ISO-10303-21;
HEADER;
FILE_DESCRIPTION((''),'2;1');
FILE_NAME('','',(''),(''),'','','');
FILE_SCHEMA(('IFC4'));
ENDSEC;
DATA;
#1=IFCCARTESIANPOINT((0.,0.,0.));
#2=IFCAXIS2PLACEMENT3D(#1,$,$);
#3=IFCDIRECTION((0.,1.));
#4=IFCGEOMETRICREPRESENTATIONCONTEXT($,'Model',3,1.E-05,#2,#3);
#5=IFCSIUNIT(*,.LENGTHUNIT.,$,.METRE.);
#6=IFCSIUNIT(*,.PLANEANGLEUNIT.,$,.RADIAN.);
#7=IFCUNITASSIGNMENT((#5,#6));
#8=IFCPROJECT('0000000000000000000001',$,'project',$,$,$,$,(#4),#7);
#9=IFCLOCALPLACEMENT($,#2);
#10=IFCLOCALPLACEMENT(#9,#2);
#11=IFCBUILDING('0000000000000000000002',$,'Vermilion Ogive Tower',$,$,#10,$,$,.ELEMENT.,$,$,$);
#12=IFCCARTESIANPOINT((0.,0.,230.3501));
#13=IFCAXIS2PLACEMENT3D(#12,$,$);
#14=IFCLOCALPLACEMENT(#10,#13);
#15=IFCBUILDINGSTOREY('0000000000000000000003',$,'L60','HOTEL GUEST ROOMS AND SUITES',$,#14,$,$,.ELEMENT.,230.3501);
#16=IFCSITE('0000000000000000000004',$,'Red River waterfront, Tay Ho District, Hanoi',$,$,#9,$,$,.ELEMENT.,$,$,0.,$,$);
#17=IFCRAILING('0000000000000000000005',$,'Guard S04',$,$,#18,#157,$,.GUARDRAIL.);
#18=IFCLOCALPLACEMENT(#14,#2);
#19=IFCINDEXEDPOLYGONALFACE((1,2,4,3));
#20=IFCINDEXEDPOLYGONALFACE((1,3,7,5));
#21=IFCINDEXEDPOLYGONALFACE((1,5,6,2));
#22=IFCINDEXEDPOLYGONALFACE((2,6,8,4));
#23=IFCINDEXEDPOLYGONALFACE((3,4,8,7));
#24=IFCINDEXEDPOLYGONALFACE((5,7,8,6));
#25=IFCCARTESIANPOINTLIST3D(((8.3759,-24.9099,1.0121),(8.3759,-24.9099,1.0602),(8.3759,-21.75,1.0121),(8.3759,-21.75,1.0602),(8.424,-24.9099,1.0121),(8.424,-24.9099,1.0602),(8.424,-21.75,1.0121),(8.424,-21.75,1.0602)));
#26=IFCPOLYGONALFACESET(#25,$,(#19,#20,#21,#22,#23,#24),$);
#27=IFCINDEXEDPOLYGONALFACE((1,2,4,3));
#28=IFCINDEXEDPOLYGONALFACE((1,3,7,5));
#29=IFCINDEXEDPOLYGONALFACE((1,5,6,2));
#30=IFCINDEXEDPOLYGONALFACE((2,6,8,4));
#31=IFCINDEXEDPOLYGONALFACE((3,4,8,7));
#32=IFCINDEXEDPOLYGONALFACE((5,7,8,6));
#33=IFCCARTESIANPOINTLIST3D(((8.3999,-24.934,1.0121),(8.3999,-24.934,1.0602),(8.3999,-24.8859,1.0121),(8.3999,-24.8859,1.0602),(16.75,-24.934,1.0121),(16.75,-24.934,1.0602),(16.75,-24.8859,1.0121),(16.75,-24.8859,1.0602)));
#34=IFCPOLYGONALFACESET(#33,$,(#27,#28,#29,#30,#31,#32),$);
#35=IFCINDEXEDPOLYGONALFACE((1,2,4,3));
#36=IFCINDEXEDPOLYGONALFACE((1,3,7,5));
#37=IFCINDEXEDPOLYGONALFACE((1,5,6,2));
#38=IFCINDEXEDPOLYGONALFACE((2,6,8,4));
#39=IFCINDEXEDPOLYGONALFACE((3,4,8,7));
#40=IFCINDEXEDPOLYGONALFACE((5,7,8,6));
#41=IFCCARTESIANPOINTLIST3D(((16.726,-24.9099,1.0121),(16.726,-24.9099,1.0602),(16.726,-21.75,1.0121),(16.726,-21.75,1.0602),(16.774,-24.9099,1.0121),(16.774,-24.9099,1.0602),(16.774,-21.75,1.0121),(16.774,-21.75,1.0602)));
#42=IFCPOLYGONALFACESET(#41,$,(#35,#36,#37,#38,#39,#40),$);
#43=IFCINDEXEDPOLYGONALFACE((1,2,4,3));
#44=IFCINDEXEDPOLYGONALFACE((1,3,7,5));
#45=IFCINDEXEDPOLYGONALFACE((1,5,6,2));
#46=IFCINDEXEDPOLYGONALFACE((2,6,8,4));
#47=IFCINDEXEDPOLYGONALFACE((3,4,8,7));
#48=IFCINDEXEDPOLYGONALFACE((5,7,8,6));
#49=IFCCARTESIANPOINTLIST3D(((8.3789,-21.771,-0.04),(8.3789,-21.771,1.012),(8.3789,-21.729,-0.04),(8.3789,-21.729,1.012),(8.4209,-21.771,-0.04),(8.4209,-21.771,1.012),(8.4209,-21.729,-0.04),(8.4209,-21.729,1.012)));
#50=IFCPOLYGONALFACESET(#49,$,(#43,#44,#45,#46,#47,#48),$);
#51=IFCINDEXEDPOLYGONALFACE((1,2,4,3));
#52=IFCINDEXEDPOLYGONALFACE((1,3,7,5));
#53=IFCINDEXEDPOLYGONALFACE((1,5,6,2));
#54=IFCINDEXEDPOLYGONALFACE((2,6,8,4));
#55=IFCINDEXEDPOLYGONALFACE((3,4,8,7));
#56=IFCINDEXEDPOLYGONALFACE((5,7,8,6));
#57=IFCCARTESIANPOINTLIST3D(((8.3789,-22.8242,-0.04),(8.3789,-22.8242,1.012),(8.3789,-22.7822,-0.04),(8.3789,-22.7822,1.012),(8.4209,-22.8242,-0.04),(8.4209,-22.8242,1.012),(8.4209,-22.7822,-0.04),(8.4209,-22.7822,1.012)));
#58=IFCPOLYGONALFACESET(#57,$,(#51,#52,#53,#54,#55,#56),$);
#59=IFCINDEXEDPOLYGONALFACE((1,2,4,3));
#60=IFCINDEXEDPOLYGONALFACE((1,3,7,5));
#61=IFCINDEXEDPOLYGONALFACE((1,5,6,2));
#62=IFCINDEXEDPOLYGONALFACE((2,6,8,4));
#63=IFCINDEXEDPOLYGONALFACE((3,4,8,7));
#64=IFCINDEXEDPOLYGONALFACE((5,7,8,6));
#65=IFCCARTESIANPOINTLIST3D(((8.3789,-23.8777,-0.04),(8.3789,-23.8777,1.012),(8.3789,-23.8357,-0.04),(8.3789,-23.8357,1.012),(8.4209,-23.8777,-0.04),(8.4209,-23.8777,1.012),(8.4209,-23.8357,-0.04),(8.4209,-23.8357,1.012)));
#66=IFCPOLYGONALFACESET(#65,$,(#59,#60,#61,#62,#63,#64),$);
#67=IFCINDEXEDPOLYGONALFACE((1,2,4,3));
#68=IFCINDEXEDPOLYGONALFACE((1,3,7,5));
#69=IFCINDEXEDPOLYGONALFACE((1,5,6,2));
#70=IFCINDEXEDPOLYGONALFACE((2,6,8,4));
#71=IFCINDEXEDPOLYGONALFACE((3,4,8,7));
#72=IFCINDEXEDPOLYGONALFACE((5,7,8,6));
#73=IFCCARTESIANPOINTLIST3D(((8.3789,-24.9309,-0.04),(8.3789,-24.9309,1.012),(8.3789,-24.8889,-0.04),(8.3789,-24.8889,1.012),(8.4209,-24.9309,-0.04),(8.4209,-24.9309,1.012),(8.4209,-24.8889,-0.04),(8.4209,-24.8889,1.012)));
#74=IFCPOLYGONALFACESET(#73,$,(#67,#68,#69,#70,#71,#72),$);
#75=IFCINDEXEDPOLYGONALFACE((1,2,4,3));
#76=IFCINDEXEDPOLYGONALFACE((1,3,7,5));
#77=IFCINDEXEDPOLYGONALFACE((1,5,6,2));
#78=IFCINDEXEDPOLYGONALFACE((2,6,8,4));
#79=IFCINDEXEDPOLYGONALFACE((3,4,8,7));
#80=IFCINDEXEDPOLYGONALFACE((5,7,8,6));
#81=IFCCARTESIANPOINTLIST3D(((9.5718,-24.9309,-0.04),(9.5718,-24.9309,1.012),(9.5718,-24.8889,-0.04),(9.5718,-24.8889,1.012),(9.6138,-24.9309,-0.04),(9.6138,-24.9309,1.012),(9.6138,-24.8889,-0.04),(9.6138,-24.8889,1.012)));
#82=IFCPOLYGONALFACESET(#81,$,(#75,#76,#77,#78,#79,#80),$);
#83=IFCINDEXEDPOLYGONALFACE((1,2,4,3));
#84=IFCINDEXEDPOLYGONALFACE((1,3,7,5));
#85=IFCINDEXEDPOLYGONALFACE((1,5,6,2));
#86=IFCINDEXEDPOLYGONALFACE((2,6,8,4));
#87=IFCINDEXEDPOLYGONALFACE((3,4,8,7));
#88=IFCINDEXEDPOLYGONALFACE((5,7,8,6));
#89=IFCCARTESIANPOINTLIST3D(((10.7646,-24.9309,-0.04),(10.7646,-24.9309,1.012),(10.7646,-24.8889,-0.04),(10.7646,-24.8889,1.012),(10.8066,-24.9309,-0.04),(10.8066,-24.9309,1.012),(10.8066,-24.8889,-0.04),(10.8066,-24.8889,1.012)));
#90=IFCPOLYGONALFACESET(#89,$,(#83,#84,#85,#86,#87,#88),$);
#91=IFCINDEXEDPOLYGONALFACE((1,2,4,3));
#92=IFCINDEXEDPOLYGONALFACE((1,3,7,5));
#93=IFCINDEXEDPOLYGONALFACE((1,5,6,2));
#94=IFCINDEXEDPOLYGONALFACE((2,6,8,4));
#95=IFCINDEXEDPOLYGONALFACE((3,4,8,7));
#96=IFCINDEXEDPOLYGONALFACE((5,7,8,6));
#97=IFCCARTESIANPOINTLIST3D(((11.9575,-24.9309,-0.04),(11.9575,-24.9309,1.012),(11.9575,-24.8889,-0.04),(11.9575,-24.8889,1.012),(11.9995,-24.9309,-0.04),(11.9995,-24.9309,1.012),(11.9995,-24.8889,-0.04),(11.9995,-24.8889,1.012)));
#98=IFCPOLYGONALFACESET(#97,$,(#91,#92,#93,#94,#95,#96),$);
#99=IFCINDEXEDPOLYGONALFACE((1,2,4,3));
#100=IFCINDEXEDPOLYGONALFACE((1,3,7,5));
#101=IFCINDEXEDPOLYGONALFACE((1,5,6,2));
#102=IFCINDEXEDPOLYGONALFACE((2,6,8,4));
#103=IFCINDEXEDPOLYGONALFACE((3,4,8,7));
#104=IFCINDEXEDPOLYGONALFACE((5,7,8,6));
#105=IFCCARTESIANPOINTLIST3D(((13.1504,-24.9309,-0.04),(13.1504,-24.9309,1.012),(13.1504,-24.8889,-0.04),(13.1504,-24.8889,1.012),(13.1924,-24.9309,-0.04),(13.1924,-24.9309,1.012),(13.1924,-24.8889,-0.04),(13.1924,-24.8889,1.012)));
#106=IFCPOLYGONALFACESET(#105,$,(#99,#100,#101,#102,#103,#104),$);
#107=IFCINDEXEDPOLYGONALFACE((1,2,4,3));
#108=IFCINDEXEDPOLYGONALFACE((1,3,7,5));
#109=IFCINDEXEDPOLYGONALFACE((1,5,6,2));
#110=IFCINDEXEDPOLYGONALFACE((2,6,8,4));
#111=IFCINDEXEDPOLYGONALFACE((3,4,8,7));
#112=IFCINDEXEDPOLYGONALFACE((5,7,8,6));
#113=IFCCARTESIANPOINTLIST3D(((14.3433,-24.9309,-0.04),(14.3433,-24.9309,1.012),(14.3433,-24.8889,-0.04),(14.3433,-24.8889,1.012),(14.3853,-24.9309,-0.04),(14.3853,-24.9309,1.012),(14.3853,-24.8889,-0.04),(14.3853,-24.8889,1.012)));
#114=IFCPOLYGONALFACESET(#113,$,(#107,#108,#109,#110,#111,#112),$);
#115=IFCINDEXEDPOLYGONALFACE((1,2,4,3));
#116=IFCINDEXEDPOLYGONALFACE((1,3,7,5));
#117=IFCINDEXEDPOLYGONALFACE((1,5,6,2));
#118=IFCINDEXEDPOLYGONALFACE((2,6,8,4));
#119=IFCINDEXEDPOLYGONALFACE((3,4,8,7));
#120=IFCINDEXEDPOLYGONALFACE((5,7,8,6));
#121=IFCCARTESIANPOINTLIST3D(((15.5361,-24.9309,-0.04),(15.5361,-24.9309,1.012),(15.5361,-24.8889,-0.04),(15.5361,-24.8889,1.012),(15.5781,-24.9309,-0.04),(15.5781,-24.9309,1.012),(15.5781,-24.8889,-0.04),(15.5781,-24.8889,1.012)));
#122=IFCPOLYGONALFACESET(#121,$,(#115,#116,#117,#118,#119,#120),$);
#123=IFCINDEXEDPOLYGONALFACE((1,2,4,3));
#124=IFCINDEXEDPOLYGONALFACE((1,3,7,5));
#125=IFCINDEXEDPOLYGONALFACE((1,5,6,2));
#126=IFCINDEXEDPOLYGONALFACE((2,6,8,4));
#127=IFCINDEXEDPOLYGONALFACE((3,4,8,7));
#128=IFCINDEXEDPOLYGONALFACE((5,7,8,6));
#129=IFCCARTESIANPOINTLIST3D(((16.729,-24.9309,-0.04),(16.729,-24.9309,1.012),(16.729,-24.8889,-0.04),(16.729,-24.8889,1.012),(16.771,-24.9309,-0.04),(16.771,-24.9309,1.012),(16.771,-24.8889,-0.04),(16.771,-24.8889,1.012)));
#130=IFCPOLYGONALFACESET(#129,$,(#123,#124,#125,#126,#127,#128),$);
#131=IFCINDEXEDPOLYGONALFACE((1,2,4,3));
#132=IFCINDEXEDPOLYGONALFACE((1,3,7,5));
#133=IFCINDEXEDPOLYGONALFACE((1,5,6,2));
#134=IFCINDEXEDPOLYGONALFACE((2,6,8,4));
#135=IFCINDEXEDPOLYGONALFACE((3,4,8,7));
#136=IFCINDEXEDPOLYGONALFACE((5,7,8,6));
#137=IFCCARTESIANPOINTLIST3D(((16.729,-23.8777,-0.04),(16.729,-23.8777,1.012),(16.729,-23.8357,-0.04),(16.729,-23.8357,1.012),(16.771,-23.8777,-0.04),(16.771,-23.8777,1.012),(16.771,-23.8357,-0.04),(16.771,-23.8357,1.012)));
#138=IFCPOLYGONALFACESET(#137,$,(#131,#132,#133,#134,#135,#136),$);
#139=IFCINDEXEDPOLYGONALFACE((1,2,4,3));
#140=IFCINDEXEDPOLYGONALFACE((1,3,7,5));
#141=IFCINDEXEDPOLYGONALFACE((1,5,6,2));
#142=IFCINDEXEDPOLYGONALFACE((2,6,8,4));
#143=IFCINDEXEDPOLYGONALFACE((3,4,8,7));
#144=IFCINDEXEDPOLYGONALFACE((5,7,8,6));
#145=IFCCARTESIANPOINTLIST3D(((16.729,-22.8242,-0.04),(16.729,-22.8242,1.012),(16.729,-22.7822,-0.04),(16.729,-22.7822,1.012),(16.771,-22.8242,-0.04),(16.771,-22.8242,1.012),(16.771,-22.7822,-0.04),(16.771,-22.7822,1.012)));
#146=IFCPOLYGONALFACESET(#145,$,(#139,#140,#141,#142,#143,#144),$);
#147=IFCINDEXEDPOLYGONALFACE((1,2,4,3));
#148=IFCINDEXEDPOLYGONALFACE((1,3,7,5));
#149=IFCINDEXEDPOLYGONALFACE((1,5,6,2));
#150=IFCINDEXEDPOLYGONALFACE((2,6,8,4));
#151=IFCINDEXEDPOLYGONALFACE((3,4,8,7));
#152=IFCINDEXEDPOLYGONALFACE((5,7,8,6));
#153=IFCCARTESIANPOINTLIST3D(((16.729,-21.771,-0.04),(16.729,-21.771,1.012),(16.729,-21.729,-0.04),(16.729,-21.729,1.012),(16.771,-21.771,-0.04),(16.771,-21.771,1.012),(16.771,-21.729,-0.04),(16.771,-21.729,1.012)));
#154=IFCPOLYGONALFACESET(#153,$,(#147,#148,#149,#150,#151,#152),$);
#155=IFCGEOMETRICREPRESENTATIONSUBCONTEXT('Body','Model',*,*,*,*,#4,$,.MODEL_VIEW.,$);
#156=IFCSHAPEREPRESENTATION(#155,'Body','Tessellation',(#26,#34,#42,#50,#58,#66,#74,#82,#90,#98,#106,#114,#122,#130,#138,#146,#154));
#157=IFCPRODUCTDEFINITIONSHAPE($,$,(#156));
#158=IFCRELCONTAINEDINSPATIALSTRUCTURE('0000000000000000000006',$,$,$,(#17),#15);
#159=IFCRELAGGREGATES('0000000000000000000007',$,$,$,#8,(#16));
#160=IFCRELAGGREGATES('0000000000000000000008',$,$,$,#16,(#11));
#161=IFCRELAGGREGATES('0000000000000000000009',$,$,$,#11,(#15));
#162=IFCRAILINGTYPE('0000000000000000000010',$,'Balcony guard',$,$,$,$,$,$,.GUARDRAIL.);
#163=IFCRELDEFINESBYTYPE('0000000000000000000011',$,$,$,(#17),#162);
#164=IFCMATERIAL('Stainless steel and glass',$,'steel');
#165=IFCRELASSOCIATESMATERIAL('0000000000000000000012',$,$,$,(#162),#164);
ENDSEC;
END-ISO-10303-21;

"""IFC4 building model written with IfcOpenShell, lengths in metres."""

from ifc_helpers import new_model, si_unit, direction, frame, origin, origin_2d, place, context, subcontext, project, spatial, rectangle, extrude, material, type_object, element, save


model = new_model("IFC4")

# Units and contexts
model_context = context("Model", 3, precision=1e-05, world=origin(), true_north=direction((0.0, 1.0)))
body_context = subcontext(model_context, "Body", "Model", "MODEL_VIEW")
ifc_project = project(units=[si_unit("LENGTHUNIT", "METRE"), si_unit("PLANEANGLEUNIT", "RADIAN")], contexts=[model_context])

# Site, building, storey
site_placement = place(None, origin())
site = spatial("IfcSite", under=ifc_project, at=site_placement, Name="Red River waterfront, Tay Ho District, Hanoi", CompositionType="ELEMENT", RefElevation=0.0)
building_placement = place(site_placement, origin())
building = spatial("IfcBuilding", under=site, at=building_placement, Name="Vermilion Ogive Tower", CompositionType="ELEMENT")
storey_placement = place(building_placement, frame((0.0, 0.0, 230.3501)))
storey = spatial("IfcBuildingStorey", under=building, at=storey_placement, Name="L60", Description="HOTEL GUEST ROOMS AND SUITES", CompositionType="ELEMENT", Elevation=230.3501)

# Railing
ifc_material_1 = material(Name="Stainless steel and glass", Category="steel")
railing_type_1 = type_object("IfcRailingType", Name="Balcony guard", PredefinedType="GUARDRAIL", material=ifc_material_1)
railing_1_placement = place(storey_placement, frame((8.3999, -21.75, -0.04)))
element("IfcRailing", 1, at=railing_1_placement, inside=storey, type_object=railing_type_1, Name="Guard S04", PredefinedType="GUARDRAIL", context=body_context, shape_type="SweptSolid", body=[
    extrude(rectangle(XDim=0.0481, YDim=0.0481, at=origin_2d()), frame((0.0, 0.0, 1.0762), z_axis=(0.0, -1.0, 0.0), x_axis=(1.0, 0.0, 0.0)), (0.0, 0.0, 1.0), 3.1599),
    extrude(rectangle(XDim=0.0481, YDim=0.0481, at=origin_2d()), frame((0.0, -3.1599, 1.0762), z_axis=(1.0, 0.0, 0.0), x_axis=(0.0, 1.0, 0.0)), (0.0, 0.0, 1.0), 8.3501),
    extrude(rectangle(XDim=0.0481, YDim=0.0481, at=origin_2d()), frame((8.3501, -3.1599, 1.0762), z_axis=(0.0, 1.0, 0.0), x_axis=(-1.0, 0.0, 0.0)), (0.0, 0.0, 1.0), 3.1599),
    extrude(rectangle(XDim=0.042, YDim=0.042, at=origin_2d()), origin(), (0.0, 0.0, 1.0), 1.052),
    extrude(rectangle(XDim=0.042, YDim=0.042, at=origin_2d()), frame((0.0, -1.0532, 0.0)), (0.0, 0.0, 1.0), 1.052),
    extrude(rectangle(XDim=0.042, YDim=0.042, at=origin_2d()), frame((0.0, -2.1067, 0.0)), (0.0, 0.0, 1.0), 1.052),
    extrude(rectangle(XDim=0.042, YDim=0.042, at=origin_2d()), frame((0.0, -3.1599, 0.0)), (0.0, 0.0, 1.0), 1.052),
    extrude(rectangle(XDim=0.042, YDim=0.042, at=origin_2d()), frame((1.1929, -3.1599, 0.0)), (0.0, 0.0, 1.0), 1.052),
    extrude(rectangle(XDim=0.042, YDim=0.042, at=origin_2d()), frame((2.3857, -3.1599, 0.0)), (0.0, 0.0, 1.0), 1.052),
    extrude(rectangle(XDim=0.042, YDim=0.042, at=origin_2d()), frame((3.5786, -3.1599, 0.0)), (0.0, 0.0, 1.0), 1.052),
    extrude(rectangle(XDim=0.042, YDim=0.042, at=origin_2d()), frame((4.7715, -3.1599, 0.0)), (0.0, 0.0, 1.0), 1.052),
    extrude(rectangle(XDim=0.042, YDim=0.042, at=origin_2d()), frame((5.9644, -3.1599, 0.0)), (0.0, 0.0, 1.0), 1.052),
    extrude(rectangle(XDim=0.042, YDim=0.042, at=origin_2d()), frame((7.1572, -3.1599, 0.0)), (0.0, 0.0, 1.0), 1.052),
    extrude(rectangle(XDim=0.042, YDim=0.042, at=origin_2d()), frame((8.3501, -3.1599, 0.0)), (0.0, 0.0, 1.0), 1.052),
    extrude(rectangle(XDim=0.042, YDim=0.042, at=origin_2d()), frame((8.3501, -2.1067, 0.0)), (0.0, 0.0, 1.0), 1.052),
    extrude(rectangle(XDim=0.042, YDim=0.042, at=origin_2d()), frame((8.3501, -1.0532, 0.0)), (0.0, 0.0, 1.0), 1.052),
    extrude(rectangle(XDim=0.042, YDim=0.042, at=origin_2d()), frame((8.3501, 0.0, 0.0)), (0.0, 0.0, 1.0), 1.052),
])

save(model, "model.ifc")
